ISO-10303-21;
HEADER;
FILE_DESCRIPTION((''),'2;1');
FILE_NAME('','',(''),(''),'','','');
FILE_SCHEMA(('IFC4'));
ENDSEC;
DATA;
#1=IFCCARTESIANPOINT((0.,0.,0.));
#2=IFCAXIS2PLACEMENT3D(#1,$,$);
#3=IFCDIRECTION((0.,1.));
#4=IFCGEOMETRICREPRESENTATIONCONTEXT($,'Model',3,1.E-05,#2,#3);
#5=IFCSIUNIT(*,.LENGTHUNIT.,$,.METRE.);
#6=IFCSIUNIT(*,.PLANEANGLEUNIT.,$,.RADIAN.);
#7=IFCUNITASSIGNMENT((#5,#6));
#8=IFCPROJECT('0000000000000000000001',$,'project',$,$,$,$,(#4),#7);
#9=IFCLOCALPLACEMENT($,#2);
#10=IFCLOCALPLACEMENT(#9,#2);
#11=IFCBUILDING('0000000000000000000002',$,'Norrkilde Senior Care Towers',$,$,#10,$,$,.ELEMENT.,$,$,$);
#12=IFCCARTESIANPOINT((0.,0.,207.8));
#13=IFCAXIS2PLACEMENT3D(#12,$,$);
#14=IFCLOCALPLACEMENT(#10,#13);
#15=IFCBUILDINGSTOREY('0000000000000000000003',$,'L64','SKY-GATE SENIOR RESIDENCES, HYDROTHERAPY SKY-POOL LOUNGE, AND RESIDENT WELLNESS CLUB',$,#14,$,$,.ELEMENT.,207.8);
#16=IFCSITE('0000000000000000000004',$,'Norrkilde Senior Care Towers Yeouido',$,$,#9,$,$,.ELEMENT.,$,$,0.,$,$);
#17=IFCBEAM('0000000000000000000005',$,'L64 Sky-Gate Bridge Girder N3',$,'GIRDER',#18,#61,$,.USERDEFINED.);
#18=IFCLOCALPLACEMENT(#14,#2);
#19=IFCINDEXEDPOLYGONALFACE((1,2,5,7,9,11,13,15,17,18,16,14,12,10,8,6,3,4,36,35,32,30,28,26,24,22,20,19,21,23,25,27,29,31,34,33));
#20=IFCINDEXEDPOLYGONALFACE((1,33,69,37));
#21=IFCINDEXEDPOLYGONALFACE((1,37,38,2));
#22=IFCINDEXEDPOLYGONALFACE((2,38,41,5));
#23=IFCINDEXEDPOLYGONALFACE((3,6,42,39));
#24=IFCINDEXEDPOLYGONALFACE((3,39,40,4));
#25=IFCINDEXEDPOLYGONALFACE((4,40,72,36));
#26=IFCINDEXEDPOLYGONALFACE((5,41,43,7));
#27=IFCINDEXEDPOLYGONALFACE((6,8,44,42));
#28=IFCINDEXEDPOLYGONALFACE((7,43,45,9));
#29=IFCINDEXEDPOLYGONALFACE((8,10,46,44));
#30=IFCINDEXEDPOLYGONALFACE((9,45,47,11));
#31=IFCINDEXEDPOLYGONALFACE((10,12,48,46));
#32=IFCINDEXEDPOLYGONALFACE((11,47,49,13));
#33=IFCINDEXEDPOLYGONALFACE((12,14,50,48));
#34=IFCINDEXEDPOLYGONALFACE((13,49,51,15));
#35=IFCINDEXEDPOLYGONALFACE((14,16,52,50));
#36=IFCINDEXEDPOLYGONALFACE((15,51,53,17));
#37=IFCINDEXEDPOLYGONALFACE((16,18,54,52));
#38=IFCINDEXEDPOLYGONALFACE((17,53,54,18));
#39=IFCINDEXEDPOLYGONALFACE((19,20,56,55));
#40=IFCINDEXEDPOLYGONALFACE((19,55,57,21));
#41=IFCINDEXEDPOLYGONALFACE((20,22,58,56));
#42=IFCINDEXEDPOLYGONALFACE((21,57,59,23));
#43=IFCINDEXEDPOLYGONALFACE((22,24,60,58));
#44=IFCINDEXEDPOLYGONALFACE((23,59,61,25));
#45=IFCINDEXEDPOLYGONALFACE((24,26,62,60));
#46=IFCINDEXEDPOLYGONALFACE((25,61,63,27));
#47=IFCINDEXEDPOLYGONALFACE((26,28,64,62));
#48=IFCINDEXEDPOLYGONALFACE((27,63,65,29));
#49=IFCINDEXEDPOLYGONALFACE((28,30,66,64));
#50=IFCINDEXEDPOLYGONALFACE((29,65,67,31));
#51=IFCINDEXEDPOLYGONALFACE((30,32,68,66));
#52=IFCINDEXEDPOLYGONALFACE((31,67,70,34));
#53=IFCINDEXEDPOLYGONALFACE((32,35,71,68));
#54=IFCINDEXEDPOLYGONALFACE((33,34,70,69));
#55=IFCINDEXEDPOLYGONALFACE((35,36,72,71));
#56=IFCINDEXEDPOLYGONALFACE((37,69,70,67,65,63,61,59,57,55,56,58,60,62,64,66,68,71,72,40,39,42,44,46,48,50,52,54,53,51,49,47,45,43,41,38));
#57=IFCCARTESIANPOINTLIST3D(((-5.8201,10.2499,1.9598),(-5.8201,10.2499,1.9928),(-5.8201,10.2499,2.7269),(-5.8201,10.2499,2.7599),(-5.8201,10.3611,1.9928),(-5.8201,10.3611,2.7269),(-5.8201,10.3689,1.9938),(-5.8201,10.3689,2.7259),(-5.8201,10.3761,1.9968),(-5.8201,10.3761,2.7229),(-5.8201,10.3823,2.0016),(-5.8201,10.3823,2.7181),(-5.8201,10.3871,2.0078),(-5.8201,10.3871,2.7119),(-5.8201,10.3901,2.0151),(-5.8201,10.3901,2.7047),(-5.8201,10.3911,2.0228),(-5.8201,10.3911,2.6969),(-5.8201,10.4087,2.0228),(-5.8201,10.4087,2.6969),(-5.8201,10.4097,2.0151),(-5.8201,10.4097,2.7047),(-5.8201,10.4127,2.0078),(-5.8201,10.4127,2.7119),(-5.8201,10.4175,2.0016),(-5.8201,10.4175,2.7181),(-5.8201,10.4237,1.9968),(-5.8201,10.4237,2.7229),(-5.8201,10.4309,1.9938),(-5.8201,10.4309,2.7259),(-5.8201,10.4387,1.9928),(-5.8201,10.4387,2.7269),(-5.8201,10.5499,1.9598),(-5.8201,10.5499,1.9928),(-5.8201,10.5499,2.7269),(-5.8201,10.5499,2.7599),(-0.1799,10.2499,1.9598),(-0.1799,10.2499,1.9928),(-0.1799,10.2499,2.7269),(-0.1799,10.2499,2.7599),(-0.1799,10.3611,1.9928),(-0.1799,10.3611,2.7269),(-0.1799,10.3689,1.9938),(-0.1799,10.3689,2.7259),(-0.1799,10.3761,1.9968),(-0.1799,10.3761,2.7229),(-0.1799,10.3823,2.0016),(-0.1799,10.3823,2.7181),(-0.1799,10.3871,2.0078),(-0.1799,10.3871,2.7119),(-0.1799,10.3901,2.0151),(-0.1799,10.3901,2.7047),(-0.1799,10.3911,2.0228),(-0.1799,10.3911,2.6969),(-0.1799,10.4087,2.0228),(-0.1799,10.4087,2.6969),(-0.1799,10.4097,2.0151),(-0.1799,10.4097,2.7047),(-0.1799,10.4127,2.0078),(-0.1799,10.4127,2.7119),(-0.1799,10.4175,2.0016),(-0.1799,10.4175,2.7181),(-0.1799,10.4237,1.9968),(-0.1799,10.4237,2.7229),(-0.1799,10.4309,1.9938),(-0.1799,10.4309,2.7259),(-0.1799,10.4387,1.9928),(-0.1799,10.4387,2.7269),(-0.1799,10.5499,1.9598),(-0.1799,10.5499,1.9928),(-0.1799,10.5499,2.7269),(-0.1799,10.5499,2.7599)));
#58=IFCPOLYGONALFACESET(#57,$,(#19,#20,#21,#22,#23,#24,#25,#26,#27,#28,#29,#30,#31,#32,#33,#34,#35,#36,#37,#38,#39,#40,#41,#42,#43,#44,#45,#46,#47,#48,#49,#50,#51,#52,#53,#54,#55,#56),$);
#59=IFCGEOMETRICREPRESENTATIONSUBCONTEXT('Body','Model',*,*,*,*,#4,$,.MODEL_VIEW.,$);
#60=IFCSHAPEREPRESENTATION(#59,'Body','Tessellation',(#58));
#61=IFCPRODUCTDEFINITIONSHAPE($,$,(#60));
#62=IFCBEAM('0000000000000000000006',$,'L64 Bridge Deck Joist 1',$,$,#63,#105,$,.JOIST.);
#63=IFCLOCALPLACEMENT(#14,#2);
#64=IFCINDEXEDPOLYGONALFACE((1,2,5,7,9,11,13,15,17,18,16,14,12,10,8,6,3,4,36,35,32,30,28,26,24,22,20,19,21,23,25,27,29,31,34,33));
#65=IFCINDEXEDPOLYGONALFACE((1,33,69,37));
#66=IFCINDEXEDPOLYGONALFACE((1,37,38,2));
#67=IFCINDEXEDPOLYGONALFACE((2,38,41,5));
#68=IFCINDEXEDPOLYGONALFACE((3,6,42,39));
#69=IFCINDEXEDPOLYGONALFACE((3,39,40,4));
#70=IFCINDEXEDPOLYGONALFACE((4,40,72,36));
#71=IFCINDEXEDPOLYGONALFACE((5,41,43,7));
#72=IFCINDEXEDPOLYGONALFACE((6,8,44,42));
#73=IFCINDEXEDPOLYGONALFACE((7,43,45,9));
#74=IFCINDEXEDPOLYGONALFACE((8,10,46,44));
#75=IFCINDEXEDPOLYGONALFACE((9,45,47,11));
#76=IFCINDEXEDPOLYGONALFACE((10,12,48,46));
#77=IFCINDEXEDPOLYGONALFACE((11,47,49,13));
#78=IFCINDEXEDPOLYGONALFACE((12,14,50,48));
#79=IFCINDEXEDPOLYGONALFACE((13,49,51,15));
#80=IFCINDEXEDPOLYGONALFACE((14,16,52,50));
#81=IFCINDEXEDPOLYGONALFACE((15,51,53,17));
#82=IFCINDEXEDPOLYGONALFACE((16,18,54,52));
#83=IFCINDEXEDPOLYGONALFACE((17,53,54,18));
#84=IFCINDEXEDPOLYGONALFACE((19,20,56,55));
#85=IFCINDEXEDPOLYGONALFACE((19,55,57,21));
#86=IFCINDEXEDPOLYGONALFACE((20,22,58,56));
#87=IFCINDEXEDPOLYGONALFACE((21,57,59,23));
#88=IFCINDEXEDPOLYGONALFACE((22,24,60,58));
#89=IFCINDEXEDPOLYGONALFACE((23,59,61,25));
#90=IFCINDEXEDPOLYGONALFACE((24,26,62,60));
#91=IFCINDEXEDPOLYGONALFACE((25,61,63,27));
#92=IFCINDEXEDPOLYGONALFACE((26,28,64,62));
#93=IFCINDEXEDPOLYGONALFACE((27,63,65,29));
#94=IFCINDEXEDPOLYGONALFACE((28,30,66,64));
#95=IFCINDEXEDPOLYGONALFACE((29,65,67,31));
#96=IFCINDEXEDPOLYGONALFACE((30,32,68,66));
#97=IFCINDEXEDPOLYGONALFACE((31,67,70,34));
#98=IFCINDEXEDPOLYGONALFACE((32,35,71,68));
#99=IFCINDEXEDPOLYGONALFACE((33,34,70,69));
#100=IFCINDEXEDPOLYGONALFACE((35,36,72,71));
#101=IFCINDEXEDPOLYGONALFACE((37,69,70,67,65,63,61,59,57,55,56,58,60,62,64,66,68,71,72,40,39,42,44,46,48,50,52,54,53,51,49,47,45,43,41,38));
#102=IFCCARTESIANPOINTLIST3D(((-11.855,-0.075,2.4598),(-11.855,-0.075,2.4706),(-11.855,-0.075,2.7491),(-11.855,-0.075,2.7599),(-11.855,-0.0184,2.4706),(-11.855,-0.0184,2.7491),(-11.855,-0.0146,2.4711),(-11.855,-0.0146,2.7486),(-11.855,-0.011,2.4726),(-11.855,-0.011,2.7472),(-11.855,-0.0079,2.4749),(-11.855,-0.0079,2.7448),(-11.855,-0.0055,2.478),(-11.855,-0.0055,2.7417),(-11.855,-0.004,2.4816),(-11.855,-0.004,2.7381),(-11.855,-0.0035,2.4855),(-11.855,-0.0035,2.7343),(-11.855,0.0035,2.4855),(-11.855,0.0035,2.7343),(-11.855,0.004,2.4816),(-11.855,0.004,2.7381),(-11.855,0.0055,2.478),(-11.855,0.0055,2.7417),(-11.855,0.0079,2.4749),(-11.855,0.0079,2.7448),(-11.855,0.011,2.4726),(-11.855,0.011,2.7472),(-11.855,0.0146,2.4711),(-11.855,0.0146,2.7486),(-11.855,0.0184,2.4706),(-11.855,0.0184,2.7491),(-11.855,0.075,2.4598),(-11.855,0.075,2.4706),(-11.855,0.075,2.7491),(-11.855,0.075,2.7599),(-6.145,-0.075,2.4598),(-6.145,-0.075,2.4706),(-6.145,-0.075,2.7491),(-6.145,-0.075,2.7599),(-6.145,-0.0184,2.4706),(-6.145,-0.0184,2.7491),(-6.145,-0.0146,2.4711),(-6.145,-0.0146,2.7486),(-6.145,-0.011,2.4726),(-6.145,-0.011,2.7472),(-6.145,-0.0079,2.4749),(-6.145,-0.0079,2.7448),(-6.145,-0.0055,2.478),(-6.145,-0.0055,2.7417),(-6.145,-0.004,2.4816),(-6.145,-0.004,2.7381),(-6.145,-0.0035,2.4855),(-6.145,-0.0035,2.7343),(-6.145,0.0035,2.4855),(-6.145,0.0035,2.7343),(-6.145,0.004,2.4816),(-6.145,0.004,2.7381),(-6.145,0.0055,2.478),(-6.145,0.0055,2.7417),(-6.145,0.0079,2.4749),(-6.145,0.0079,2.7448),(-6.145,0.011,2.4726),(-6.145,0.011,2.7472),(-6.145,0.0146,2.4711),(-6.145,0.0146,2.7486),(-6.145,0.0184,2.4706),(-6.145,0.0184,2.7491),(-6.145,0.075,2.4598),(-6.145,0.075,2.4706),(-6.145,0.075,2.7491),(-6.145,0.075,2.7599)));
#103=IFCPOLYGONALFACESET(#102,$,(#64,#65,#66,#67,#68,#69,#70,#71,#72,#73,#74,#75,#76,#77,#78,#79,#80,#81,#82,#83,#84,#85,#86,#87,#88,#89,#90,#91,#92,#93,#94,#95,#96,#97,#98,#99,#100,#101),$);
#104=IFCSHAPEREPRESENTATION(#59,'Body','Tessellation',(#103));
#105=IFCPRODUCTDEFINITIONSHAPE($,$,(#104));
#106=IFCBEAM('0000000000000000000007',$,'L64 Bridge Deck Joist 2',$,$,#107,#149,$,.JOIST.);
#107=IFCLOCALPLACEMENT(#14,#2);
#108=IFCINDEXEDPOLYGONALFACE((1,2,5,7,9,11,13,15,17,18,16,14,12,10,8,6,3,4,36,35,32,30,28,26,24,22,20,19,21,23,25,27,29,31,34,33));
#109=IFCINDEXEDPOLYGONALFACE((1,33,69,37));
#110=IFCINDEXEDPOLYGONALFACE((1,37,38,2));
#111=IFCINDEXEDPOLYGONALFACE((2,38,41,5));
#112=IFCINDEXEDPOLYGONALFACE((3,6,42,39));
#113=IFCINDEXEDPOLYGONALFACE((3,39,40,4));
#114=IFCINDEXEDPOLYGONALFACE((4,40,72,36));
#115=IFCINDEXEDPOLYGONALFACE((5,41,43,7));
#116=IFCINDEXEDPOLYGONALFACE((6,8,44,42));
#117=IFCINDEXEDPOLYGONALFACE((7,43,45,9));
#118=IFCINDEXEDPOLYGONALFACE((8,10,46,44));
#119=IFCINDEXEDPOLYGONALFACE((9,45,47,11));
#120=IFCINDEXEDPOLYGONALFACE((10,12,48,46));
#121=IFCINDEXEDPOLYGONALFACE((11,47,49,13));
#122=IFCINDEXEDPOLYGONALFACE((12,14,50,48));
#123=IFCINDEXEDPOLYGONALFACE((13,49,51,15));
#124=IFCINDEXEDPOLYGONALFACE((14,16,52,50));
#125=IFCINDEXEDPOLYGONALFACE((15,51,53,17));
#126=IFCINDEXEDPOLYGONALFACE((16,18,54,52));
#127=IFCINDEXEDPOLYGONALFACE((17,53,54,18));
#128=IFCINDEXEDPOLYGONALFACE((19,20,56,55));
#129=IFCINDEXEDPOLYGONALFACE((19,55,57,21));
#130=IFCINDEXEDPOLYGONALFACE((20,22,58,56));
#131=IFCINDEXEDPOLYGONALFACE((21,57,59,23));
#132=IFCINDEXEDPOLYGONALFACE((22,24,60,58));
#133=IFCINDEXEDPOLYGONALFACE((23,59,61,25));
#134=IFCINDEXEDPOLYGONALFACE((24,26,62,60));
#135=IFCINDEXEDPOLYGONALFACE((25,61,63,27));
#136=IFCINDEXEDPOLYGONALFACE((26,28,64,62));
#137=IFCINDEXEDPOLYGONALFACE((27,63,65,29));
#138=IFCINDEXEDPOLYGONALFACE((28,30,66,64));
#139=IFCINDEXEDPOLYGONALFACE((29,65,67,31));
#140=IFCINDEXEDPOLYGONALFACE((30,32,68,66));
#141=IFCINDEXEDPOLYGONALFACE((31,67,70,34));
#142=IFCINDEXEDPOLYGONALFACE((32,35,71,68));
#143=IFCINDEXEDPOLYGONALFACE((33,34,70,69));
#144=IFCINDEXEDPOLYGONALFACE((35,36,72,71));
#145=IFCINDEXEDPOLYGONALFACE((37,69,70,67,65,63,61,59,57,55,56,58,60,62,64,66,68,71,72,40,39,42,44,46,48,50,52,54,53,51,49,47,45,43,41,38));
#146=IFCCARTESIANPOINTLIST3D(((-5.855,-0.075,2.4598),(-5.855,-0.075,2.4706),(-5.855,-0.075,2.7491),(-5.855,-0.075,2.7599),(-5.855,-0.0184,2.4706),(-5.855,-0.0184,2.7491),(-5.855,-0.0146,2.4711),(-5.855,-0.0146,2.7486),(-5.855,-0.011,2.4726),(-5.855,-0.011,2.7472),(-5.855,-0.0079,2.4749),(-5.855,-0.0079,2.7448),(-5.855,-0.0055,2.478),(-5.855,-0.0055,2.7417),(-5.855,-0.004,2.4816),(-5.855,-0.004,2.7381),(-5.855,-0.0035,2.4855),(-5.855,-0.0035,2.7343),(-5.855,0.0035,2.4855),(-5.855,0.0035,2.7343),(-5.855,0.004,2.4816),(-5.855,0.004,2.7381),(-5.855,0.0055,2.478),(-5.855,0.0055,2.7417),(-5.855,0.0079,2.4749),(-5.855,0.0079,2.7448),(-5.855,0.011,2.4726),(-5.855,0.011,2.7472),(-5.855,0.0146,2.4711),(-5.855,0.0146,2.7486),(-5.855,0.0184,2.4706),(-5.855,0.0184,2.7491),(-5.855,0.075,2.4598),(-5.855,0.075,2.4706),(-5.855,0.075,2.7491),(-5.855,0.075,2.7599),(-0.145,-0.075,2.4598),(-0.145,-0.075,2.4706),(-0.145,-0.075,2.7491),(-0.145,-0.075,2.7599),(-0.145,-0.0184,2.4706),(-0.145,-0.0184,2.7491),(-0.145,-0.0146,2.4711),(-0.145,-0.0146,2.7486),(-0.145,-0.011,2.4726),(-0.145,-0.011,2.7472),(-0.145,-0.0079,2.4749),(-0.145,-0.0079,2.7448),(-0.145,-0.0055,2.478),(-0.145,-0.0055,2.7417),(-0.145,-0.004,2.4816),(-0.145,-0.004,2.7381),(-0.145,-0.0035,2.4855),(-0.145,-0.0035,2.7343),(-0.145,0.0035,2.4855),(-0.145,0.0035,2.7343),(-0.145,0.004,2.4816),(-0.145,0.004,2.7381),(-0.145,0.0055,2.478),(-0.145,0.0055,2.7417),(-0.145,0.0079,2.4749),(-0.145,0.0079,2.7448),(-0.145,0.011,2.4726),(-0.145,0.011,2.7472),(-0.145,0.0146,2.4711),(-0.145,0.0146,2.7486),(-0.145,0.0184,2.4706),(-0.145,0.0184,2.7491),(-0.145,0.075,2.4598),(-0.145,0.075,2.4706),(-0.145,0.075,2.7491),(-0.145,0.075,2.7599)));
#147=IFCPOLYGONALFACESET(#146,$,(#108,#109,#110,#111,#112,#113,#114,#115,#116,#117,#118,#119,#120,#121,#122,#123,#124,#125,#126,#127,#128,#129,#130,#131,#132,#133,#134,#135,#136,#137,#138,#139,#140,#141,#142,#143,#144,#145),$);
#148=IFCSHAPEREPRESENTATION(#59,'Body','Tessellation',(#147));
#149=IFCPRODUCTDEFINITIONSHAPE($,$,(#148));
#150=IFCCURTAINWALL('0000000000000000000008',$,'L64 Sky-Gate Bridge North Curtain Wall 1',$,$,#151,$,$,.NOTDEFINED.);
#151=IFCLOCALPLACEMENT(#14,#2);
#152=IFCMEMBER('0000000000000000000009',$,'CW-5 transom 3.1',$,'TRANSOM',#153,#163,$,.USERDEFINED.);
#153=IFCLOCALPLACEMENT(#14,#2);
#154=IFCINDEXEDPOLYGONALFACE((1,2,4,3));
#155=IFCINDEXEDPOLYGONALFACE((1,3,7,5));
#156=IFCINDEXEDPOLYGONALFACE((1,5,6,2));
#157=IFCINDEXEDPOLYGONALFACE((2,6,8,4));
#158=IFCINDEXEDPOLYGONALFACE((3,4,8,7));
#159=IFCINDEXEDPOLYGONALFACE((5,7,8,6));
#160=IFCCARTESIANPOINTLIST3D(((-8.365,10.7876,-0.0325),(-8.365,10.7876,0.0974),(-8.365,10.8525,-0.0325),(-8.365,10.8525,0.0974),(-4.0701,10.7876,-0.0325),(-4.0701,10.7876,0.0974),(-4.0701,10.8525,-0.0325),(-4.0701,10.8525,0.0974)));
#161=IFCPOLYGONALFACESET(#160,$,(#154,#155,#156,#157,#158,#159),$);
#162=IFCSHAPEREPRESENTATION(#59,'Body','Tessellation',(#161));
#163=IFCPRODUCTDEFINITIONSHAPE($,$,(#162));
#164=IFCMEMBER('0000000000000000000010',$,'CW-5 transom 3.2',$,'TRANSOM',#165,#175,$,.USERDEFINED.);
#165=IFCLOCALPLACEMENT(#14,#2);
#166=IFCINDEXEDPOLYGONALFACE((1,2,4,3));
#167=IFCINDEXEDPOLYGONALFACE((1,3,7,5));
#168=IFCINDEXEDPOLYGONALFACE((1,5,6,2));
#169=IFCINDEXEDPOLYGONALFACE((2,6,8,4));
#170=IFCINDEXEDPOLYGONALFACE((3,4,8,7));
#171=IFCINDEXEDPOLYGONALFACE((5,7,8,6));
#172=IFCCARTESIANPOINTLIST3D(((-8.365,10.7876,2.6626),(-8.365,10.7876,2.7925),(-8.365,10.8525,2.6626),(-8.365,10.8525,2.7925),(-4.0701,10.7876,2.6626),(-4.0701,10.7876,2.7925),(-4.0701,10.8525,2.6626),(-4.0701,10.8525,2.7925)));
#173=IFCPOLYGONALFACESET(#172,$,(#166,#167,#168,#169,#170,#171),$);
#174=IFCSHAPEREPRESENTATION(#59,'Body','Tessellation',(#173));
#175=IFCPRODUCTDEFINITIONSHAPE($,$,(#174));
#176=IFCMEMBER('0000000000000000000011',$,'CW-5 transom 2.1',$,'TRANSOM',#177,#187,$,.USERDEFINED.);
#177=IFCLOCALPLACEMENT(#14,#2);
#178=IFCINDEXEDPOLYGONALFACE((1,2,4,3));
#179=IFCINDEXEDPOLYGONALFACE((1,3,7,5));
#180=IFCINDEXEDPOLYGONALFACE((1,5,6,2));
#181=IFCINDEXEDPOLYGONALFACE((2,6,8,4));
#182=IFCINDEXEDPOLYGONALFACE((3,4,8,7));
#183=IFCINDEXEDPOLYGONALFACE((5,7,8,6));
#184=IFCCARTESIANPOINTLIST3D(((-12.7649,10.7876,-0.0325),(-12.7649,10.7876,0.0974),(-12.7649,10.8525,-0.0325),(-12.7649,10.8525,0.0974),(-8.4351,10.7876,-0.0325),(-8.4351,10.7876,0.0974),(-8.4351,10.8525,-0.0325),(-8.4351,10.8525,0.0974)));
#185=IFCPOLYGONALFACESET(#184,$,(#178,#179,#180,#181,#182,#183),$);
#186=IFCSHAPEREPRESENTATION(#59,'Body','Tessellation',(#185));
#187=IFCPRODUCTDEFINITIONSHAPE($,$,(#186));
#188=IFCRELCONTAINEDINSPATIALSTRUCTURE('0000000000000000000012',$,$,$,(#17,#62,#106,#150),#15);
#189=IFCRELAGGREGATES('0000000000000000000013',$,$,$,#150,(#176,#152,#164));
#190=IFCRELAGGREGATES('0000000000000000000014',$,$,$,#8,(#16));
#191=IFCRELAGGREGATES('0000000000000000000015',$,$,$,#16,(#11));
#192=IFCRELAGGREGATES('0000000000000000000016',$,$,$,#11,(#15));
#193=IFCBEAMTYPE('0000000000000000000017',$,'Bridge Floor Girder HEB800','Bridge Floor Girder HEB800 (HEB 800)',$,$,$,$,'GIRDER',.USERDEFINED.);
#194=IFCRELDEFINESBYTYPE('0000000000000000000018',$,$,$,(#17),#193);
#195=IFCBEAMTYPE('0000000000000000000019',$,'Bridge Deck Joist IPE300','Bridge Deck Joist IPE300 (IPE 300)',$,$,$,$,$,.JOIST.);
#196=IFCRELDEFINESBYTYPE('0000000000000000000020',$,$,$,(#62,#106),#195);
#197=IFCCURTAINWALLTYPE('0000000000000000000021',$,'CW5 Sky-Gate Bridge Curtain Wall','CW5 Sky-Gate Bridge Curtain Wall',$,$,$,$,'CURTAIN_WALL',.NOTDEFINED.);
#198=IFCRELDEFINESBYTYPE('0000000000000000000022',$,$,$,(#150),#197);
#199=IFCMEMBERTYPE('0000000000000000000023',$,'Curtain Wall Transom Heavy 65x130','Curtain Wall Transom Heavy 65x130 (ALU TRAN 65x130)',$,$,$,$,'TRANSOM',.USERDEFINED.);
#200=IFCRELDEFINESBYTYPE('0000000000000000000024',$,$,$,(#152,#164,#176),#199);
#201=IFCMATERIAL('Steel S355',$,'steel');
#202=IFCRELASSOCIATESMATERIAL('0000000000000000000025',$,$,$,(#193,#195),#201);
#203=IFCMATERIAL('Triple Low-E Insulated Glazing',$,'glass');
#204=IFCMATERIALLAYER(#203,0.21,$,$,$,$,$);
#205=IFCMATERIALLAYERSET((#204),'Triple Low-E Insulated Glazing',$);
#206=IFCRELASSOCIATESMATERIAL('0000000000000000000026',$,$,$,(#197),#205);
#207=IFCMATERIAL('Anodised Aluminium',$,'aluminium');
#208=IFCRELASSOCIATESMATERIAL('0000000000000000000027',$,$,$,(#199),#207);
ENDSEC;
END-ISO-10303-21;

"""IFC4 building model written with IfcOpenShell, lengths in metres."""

from ifc_helpers import new_model, si_unit, direction, frame, origin, origin_2d, place, context, subcontext, project, spatial, rectangle, i_section, extrude, source, transform, mapped, material, layer, layer_set, material_profile, profile_set, type_object, type_shapes, element, aggregate, save


model = new_model("IFC4")

# Units and contexts
model_context = context("Model", 3, precision=1e-05, world=origin(), true_north=direction((0.0, 1.0)))
body_context = subcontext(model_context, "Body", "Model", "MODEL_VIEW")
ifc_project = project(units=[si_unit("LENGTHUNIT", "METRE"), si_unit("PLANEANGLEUNIT", "RADIAN")], contexts=[model_context])

# Site, building, storey
site_placement = place(None, origin())
site = spatial("IfcSite", under=ifc_project, at=site_placement, Name="Norrkilde Senior Care Towers Yeouido", CompositionType="ELEMENT", RefElevation=0.0)
building_placement = place(site_placement, origin())
building = spatial("IfcBuilding", under=site, at=building_placement, Name="Norrkilde Senior Care Towers", CompositionType="ELEMENT")
storey_placement = place(building_placement, frame((0.0, 0.0, 207.8)))
storey = spatial("IfcBuildingStorey", under=building, at=storey_placement, Name="L64", Description="SKY-GATE SENIOR RESIDENCES, HYDROTHERAPY SKY-POOL LOUNGE, AND RESIDENT WELLNESS CLUB", CompositionType="ELEMENT", Elevation=207.8)

# Shared definitions
ifc_material_1 = material(Name="Steel S355", Category="steel")

# Beams
ifc_material_profile_1 = material_profile(ifc_material_1, i_section(OverallWidth=0.3, OverallDepth=0.8, WebThickness=0.0176, FlangeThickness=0.033, FilletRadius=0.03, at=origin_2d()), Name="HEB 800")
ifc_profile_set_1 = profile_set([ifc_material_profile_1], Name="Steel S355")
beam_type_1 = type_object("IfcBeamType", Name="Bridge Floor Girder HEB800", Description="Bridge Floor Girder HEB800 (HEB 800)", ElementType="GIRDER", PredefinedType="USERDEFINED", material=ifc_profile_set_1)
shared_shape_1 = source(origin(), body_context, "Body", "SweptSolid", [
    extrude(i_section(OverallWidth=0.3, OverallDepth=0.8, WebThickness=0.0176, FlangeThickness=0.033, FilletRadius=0.03, at=origin_2d()), origin(), (0.0, 0.0, 1.0), 5.6401),
])
type_shapes(beam_type_1, [shared_shape_1])
for number, where, z_axis, x_axis, name in (
    (1, (-5.8201, 10.3999, 2.3599), (1.0, 0.0, 0.0), (0.0, 1.0, 0.0), "L64 Sky-Gate Bridge Girder N3"),
):
    element("IfcBeam", number, at=place(storey_placement, frame(where, z_axis=z_axis, x_axis=x_axis)), inside=storey, type_object=beam_type_1, Name=name, ObjectType="GIRDER", PredefinedType="USERDEFINED", context=body_context, shape_type="MappedRepresentation", body=[
        mapped(shared_shape_1, transform((0.0, 0.0, 0.0), x_axis=(1.0, 0.0, 0.0), y_axis=(0.0, 1.0, 0.0), z_axis=(0.0, 0.0, 1.0), scale=1.0)),
    ])
ifc_material_profile_2 = material_profile(ifc_material_1, i_section(OverallWidth=0.1499, OverallDepth=0.3, WebThickness=0.0071, FlangeThickness=0.0107, FilletRadius=0.0149, at=origin_2d()), Name="IPE 300")
ifc_profile_set_2 = profile_set([ifc_material_profile_2], Name="Steel S355")
beam_type_2 = type_object("IfcBeamType", Name="Bridge Deck Joist IPE300", Description="Bridge Deck Joist IPE300 (IPE 300)", PredefinedType="JOIST", material=ifc_profile_set_2)
shared_shape_2 = source(origin(), body_context, "Body", "SweptSolid", [
    extrude(i_section(OverallWidth=0.1499, OverallDepth=0.3, WebThickness=0.0071, FlangeThickness=0.0107, FilletRadius=0.0149, at=origin_2d()), origin(), (0.0, 0.0, 1.0), 5.71),
])
type_shapes(beam_type_2, [shared_shape_2])
for number, where, z_axis, x_axis, name in (
    (2, (-11.855, 0.0, 2.6099), (1.0, 0.0, 0.0), (0.0, 1.0, 0.0), "L64 Bridge Deck Joist 1"),
    (3, (-5.855, 0.0, 2.6099), (1.0, 0.0, 0.0), (0.0, 1.0, 0.0), "L64 Bridge Deck Joist 2"),
):
    element("IfcBeam", number, at=place(storey_placement, frame(where, z_axis=z_axis, x_axis=x_axis)), inside=storey, type_object=beam_type_2, Name=name, PredefinedType="JOIST", context=body_context, shape_type="MappedRepresentation", body=[
        mapped(shared_shape_2, transform((0.0, 0.0, 0.0), x_axis=(1.0, 0.0, 0.0), y_axis=(0.0, 1.0, 0.0), z_axis=(0.0, 0.0, 1.0), scale=1.0)),
    ])

# Curtain wall, members
ifc_material_2 = material(Name="Triple Low-E Insulated Glazing", Category="glass")
ifc_layer_1 = layer(ifc_material_2, 0.21)
ifc_layer_set_1 = layer_set([ifc_layer_1], Name="Triple Low-E Insulated Glazing")
curtain_wall_type = type_object("IfcCurtainWallType", Name="CW5 Sky-Gate Bridge Curtain Wall", Description="CW5 Sky-Gate Bridge Curtain Wall", ElementType="CURTAIN_WALL", PredefinedType="NOTDEFINED", material=ifc_layer_set_1)
curtain_wall_1_placement = place(storey_placement, origin())
curtain_wall_1 = element("IfcCurtainWall", 4, at=curtain_wall_1_placement, inside=storey, type_object=curtain_wall_type, Name="L64 Sky-Gate Bridge North Curtain Wall 1", PredefinedType="NOTDEFINED")
ifc_material_3 = material(Name="Anodised Aluminium", Category="aluminium")
ifc_material_profile_3 = material_profile(ifc_material_3, rectangle(XDim=0.0649, YDim=0.1299, at=origin_2d()), Name="ALU TRAN 65x130")
ifc_profile_set_3 = profile_set([ifc_material_profile_3], Name="Anodised Aluminium")
member_type_1 = type_object("IfcMemberType", Name="Curtain Wall Transom Heavy 65x130", Description="Curtain Wall Transom Heavy 65x130 (ALU TRAN 65x130)", ElementType="TRANSOM", PredefinedType="USERDEFINED", material=ifc_profile_set_3)
shared_shape_3 = source(origin(), body_context, "Body", "SweptSolid", [
    extrude(rectangle(XDim=0.0649, YDim=0.1299, at=origin_2d()), origin(), (0.0, 0.0, 1.0), 4.2949),
])
member_1_placement = place(storey_placement, frame((-8.365, 10.8201, 0.0325), z_axis=(1.0, 0.0, 0.0), x_axis=(0.0, 1.0, 0.0)))
member_1 = element("IfcMember", 5, at=member_1_placement, type_object=member_type_1, Name="CW-5 transom 3.1", ObjectType="TRANSOM", PredefinedType="USERDEFINED", context=body_context, shape_type="MappedRepresentation", body=[
    mapped(shared_shape_3, transform((0.0, 0.0, 0.0), x_axis=(1.0, 0.0, 0.0), y_axis=(0.0, 1.0, 0.0), z_axis=(0.0, 0.0, 1.0), scale=1.0)),
])
member_2_placement = place(storey_placement, frame((-8.365, 10.8201, 2.7275), z_axis=(1.0, 0.0, 0.0), x_axis=(0.0, 1.0, 0.0)))
member_2 = element("IfcMember", 6, at=member_2_placement, type_object=member_type_1, Name="CW-5 transom 3.2", ObjectType="TRANSOM", PredefinedType="USERDEFINED", context=body_context, shape_type="MappedRepresentation", body=[
    mapped(shared_shape_3, transform((0.0, 0.0, 0.0), x_axis=(1.0, 0.0, 0.0), y_axis=(0.0, 1.0, 0.0), z_axis=(0.0, 0.0, 1.0), scale=1.0)),
])
shared_shape_4 = source(origin(), body_context, "Body", "SweptSolid", [
    extrude(rectangle(XDim=0.0649, YDim=0.1299, at=origin_2d()), origin(), (0.0, 0.0, 1.0), 4.3298),
])
member_3_placement = place(storey_placement, frame((-12.7649, 10.8201, 0.0325), z_axis=(1.0, 0.0, 0.0), x_axis=(0.0, 1.0, 0.0)))
member_3 = element("IfcMember", 7, at=member_3_placement, type_object=member_type_1, Name="CW-5 transom 2.1", ObjectType="TRANSOM", PredefinedType="USERDEFINED", context=body_context, shape_type="MappedRepresentation", body=[
    mapped(shared_shape_4, transform((0.0, 0.0, 0.0), x_axis=(1.0, 0.0, 0.0), y_axis=(0.0, 1.0, 0.0), z_axis=(0.0, 0.0, 1.0), scale=1.0)),
])

aggregate(curtain_wall_1, [member_3, member_1, member_2])

save(model, "model.ifc")
